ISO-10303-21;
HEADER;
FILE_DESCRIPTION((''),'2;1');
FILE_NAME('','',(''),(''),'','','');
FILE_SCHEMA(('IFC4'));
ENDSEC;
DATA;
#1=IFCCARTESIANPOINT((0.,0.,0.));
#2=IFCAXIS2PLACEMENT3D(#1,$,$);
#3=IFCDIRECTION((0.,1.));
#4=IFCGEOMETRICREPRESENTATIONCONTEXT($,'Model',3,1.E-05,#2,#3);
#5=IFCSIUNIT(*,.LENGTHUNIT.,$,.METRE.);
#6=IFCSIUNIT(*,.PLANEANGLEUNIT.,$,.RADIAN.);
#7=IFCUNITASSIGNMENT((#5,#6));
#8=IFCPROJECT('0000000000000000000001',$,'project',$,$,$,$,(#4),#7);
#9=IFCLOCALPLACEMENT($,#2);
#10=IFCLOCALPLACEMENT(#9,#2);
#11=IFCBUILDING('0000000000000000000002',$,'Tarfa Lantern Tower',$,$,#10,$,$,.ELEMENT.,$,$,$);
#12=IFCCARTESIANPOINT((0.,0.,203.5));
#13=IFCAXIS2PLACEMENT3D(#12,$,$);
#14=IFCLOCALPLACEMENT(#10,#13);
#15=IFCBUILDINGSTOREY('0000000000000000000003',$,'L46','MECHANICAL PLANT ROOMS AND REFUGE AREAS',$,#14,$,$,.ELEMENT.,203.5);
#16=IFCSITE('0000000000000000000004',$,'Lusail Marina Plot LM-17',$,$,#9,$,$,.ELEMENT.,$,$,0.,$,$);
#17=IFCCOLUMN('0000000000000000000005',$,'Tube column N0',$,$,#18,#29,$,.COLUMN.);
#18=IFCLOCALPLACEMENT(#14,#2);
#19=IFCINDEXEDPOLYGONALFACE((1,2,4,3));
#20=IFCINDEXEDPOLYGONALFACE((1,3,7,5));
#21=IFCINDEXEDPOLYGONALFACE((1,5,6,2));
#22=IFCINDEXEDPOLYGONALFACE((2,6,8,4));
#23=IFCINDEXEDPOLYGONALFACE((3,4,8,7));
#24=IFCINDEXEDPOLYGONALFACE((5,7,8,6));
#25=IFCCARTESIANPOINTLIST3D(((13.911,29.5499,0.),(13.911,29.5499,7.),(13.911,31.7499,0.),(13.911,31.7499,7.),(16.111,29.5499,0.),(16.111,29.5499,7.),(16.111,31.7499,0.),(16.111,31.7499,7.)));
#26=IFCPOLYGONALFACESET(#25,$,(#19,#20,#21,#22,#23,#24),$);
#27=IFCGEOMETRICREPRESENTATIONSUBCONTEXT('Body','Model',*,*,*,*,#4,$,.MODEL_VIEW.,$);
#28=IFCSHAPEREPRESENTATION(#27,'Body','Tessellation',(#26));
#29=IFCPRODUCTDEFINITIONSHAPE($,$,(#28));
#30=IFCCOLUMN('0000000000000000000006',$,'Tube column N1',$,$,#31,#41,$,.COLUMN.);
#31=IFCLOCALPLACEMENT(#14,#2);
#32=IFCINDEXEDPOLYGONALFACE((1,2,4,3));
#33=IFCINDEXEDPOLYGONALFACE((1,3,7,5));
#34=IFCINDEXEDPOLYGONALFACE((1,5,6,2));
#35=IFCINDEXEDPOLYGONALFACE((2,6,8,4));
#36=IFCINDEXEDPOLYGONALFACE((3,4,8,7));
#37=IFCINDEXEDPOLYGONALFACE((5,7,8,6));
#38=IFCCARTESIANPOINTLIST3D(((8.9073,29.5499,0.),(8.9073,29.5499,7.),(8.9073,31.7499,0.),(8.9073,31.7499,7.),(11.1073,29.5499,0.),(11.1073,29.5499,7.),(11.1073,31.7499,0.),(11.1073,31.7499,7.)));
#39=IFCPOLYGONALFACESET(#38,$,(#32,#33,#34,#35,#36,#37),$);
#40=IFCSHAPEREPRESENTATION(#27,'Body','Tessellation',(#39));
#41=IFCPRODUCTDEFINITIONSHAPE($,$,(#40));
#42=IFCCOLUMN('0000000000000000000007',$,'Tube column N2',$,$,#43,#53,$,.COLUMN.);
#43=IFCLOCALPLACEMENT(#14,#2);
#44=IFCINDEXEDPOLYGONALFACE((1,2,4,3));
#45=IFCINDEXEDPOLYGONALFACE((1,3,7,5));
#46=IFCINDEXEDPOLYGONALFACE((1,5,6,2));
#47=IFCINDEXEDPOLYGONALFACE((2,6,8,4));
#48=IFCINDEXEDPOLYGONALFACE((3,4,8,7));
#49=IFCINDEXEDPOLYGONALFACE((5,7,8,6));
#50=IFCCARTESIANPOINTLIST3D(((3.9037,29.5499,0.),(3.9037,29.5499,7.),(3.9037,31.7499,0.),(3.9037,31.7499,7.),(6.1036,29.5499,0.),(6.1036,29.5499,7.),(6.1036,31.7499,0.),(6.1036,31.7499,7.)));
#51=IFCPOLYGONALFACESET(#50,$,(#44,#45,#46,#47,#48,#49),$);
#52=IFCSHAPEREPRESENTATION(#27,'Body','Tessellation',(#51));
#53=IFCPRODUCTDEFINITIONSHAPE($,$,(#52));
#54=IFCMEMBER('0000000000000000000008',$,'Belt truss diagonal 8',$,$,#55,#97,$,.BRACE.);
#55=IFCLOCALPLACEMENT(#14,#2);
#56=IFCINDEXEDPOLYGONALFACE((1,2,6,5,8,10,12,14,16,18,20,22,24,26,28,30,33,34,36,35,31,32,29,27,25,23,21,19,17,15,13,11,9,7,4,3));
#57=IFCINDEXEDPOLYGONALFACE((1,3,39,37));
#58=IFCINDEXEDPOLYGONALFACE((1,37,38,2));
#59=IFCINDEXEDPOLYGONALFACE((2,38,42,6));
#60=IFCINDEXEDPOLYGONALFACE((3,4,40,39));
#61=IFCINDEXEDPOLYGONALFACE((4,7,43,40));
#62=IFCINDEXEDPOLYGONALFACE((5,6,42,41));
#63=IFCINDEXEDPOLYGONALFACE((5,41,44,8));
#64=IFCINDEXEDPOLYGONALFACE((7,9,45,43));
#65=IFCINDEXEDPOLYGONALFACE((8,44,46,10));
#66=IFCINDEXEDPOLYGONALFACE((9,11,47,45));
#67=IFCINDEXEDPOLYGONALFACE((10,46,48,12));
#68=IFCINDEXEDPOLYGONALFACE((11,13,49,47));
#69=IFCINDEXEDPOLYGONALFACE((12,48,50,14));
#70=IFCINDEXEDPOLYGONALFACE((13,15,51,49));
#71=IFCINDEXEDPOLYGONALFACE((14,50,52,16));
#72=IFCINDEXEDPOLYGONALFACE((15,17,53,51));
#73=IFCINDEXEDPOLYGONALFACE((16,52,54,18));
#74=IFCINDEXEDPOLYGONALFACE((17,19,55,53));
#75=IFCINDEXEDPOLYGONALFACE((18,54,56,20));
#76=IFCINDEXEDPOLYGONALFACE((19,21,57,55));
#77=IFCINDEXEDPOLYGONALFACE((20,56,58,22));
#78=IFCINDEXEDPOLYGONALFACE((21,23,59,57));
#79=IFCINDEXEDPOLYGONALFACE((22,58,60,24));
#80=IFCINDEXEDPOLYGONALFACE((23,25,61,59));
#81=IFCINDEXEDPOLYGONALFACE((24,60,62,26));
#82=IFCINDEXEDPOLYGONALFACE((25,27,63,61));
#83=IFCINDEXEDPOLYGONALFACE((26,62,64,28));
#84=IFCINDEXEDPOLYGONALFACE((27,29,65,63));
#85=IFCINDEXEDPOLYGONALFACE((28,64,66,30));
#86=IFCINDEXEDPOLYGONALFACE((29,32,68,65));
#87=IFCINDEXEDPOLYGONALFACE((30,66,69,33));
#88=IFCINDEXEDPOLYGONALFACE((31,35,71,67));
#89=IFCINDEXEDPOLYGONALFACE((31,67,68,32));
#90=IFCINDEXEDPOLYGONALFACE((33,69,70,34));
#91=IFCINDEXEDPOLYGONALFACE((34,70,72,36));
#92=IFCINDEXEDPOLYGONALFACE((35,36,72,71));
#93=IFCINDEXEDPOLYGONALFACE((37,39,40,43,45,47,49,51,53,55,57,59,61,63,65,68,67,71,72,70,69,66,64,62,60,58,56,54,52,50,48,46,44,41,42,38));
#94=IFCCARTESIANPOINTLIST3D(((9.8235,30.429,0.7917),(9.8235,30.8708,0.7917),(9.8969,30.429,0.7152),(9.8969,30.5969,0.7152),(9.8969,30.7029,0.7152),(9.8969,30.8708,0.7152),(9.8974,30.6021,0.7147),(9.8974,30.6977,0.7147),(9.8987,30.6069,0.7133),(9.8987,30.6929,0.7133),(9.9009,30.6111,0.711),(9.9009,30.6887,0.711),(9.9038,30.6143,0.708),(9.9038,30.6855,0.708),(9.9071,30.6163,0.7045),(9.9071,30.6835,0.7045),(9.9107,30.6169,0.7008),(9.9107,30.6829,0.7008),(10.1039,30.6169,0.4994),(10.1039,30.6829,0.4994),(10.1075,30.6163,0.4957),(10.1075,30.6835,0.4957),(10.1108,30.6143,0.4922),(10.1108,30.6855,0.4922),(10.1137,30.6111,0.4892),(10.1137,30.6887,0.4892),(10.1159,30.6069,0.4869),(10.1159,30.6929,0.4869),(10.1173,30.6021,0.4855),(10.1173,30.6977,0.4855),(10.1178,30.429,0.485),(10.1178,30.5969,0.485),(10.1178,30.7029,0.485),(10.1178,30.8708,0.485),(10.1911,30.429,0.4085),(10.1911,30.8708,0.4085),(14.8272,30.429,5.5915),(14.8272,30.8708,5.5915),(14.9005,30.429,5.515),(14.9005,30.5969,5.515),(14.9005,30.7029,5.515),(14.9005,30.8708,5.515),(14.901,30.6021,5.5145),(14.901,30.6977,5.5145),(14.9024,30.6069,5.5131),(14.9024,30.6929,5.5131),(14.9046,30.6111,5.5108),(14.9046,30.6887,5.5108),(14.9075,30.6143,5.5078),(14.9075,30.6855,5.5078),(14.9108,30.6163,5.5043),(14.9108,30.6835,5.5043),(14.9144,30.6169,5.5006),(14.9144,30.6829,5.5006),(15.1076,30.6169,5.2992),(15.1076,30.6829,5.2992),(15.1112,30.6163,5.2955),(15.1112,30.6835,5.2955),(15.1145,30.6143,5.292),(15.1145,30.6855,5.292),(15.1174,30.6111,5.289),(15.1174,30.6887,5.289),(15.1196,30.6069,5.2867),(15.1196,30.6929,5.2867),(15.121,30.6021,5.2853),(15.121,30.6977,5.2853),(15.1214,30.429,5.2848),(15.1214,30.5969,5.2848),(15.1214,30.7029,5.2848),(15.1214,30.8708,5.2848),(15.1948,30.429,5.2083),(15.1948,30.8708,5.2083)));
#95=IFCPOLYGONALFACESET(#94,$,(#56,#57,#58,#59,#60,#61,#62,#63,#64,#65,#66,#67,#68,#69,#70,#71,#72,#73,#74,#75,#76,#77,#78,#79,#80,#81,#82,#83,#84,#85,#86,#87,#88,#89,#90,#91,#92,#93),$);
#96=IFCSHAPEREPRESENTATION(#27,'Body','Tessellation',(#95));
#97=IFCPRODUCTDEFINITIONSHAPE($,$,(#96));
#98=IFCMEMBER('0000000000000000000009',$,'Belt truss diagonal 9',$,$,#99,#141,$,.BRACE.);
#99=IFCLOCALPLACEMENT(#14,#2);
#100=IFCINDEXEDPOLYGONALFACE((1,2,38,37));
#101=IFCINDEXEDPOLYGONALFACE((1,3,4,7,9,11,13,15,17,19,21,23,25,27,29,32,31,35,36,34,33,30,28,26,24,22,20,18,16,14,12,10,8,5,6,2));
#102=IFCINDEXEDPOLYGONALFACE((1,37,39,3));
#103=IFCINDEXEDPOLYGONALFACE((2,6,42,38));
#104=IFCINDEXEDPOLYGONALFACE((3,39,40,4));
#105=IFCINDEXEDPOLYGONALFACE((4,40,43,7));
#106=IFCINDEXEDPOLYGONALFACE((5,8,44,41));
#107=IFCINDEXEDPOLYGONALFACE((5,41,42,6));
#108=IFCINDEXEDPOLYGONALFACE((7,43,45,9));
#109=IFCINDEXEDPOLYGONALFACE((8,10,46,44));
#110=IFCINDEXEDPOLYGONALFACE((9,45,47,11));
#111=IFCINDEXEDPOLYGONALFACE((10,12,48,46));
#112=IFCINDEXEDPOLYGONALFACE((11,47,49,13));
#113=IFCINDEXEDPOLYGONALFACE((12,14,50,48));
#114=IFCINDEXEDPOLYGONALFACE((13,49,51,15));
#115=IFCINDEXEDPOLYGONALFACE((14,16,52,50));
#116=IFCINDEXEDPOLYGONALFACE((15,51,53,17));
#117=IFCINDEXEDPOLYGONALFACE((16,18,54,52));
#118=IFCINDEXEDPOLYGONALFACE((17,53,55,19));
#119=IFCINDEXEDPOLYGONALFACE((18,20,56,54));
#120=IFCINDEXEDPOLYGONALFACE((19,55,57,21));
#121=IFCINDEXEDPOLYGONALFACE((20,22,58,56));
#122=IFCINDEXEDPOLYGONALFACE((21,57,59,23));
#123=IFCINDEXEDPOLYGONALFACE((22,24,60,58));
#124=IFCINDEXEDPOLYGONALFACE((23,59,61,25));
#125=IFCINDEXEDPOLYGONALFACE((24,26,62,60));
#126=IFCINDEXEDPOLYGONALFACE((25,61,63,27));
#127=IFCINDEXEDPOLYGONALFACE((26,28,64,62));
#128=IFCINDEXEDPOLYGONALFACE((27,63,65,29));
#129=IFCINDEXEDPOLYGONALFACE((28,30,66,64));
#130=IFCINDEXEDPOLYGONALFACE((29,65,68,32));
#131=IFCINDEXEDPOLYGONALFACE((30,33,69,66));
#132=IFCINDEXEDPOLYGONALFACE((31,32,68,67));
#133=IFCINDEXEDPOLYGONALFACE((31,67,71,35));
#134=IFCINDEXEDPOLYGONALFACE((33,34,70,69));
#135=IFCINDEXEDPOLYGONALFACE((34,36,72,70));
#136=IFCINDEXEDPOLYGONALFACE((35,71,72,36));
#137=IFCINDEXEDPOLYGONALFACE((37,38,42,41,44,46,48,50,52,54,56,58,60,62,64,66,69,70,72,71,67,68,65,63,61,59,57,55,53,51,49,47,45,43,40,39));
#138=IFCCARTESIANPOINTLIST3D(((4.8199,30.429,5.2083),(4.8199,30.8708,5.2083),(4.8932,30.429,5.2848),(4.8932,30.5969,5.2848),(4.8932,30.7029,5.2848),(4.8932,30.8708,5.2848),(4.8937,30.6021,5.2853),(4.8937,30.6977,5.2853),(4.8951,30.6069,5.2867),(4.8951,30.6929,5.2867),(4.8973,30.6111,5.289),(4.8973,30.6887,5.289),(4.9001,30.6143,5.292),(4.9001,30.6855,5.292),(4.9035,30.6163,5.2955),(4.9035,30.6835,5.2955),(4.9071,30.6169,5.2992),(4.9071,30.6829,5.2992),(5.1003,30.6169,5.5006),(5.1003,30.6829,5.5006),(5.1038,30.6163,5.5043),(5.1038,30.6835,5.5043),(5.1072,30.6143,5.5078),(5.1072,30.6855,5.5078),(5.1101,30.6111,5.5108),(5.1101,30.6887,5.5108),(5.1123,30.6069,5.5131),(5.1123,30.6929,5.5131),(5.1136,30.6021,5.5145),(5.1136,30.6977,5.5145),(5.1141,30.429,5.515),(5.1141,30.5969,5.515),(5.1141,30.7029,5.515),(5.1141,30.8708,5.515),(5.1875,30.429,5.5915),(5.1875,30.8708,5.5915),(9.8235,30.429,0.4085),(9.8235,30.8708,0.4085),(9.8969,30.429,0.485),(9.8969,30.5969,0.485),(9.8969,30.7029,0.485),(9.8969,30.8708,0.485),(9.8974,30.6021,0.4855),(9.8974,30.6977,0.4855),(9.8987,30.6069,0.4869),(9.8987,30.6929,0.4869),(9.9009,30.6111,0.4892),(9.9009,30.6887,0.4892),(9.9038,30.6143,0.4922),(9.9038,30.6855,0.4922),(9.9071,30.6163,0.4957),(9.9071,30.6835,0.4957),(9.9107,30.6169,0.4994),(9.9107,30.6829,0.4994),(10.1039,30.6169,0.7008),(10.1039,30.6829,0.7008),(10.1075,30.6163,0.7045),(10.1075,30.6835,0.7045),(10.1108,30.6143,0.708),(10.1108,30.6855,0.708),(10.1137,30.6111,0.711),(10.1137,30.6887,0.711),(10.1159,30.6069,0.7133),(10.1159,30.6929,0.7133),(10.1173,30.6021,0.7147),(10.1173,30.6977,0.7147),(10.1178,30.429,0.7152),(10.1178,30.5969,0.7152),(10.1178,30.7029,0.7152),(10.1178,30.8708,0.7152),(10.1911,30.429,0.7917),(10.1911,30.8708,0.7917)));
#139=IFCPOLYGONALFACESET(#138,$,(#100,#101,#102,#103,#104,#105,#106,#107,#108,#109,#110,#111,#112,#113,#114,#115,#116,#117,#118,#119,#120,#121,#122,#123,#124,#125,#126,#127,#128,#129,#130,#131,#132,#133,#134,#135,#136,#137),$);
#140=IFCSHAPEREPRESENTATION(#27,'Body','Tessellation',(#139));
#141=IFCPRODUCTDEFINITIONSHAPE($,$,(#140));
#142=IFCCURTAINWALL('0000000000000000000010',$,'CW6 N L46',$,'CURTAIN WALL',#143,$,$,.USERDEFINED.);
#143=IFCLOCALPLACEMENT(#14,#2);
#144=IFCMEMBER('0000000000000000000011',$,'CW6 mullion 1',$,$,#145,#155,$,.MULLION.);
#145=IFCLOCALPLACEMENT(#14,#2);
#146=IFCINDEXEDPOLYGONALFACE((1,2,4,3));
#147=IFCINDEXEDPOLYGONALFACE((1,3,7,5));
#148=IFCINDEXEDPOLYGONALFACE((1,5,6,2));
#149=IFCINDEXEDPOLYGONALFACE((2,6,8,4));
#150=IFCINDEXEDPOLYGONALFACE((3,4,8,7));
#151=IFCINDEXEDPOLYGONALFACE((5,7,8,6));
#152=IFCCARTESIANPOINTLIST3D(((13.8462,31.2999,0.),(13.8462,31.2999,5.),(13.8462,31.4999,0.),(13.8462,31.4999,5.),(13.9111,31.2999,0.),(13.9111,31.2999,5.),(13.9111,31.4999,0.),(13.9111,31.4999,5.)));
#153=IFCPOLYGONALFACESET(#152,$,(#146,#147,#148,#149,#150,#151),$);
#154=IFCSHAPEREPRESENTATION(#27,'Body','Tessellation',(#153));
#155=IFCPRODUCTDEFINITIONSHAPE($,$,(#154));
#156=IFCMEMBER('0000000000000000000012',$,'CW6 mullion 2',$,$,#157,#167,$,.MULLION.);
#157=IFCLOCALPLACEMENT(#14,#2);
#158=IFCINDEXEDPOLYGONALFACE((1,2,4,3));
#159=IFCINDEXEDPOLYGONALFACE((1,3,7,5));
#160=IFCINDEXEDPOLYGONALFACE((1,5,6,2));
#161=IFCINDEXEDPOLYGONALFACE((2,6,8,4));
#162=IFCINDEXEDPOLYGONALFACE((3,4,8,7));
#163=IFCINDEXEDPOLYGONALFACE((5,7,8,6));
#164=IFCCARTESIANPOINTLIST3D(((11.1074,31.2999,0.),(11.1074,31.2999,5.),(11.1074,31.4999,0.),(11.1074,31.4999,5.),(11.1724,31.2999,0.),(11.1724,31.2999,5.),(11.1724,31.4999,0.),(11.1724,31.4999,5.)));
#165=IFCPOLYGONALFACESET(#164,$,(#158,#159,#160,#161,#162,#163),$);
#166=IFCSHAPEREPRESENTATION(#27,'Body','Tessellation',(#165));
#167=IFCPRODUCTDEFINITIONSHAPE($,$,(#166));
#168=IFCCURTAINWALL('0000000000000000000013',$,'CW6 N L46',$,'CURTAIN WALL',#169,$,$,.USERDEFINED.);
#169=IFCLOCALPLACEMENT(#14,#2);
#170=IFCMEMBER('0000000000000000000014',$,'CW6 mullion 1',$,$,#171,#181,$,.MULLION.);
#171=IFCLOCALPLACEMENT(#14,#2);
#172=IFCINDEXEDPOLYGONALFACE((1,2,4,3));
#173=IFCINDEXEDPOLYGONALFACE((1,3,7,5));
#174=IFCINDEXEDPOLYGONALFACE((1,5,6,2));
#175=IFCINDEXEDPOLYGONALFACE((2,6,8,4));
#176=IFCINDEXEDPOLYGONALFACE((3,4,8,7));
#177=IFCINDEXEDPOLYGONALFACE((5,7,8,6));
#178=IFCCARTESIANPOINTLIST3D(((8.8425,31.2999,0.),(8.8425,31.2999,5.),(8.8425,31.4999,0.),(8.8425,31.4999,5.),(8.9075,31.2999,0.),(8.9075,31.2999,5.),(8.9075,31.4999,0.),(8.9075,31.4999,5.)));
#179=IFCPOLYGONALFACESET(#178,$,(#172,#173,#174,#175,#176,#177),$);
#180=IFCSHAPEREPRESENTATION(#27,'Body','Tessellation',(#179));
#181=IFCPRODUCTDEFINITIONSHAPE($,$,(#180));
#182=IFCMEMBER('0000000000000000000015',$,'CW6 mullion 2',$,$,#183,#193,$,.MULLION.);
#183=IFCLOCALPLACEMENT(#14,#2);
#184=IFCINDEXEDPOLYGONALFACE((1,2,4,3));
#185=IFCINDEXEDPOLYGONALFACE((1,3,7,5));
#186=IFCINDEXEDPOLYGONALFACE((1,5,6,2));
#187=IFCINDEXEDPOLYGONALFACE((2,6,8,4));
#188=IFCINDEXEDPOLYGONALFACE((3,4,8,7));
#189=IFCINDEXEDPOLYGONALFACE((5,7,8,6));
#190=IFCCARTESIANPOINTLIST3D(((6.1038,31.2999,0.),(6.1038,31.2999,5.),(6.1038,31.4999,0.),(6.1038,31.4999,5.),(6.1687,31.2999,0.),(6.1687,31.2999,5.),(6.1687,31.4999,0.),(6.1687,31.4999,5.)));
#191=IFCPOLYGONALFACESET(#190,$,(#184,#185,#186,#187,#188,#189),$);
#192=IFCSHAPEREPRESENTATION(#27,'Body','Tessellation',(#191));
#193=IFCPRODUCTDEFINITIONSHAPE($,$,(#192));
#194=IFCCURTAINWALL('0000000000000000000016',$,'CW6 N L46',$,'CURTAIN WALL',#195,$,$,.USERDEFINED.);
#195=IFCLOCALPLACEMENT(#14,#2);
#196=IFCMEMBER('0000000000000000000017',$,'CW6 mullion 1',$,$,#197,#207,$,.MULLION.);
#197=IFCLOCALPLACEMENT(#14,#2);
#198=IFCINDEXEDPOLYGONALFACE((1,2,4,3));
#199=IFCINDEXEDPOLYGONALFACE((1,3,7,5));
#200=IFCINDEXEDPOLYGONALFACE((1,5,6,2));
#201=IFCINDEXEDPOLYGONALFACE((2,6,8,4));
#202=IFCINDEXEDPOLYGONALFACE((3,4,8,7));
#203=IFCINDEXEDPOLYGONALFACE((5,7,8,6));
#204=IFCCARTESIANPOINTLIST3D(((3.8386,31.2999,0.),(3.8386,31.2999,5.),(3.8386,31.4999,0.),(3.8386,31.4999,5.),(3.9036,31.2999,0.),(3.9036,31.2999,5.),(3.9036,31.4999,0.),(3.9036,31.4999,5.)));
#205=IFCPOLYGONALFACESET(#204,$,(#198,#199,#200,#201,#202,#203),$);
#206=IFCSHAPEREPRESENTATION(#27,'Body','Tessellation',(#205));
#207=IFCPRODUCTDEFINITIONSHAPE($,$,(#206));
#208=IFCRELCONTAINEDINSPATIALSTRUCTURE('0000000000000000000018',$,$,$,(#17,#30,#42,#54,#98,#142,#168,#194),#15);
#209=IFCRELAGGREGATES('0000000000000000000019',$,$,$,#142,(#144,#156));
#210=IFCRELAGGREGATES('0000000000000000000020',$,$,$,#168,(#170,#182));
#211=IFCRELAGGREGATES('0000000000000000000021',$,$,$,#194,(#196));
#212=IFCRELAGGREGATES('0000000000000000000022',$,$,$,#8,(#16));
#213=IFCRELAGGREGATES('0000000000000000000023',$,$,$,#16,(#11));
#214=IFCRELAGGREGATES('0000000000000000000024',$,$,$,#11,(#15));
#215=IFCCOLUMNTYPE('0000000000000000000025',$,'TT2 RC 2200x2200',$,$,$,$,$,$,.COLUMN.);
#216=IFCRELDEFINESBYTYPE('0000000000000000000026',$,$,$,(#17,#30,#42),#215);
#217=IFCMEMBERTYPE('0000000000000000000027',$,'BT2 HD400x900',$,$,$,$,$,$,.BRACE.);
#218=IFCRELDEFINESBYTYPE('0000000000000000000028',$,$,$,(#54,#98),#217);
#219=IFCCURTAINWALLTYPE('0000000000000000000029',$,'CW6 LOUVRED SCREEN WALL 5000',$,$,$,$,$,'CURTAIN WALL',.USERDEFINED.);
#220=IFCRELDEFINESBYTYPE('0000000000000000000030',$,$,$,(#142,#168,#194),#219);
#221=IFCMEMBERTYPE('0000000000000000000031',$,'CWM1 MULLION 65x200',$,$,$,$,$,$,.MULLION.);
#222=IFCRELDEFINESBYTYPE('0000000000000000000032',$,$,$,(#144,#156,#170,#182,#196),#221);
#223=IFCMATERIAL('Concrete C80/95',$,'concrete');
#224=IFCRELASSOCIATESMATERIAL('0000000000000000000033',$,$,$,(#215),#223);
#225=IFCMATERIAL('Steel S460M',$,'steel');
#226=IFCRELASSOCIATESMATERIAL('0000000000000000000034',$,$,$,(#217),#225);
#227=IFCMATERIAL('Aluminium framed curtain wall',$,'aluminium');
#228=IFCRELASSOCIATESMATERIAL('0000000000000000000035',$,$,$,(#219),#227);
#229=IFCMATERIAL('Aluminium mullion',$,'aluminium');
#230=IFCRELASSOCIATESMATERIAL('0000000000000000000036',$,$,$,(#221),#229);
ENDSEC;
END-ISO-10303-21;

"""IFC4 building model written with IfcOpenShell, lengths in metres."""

from ifc_helpers import new_model, si_unit, direction, frame, origin, origin_2d, place, context, subcontext, project, spatial, rectangle, i_section, extrude, material, material_profile, profile_set, type_object, element, aggregate, save


model = new_model("IFC4")

# Units and contexts
model_context = context("Model", 3, precision=1e-05, world=origin(), true_north=direction((0.0, 1.0)))
body_context = subcontext(model_context, "Body", "Model", "MODEL_VIEW")
ifc_project = project(units=[si_unit("LENGTHUNIT", "METRE"), si_unit("PLANEANGLEUNIT", "RADIAN")], contexts=[model_context])

# Site, building, storey
site_placement = place(None, origin())
site = spatial("IfcSite", under=ifc_project, at=site_placement, Name="Lusail Marina Plot LM-17", CompositionType="ELEMENT", RefElevation=0.0)
building_placement = place(site_placement, origin())
building = spatial("IfcBuilding", under=site, at=building_placement, Name="Tarfa Lantern Tower", CompositionType="ELEMENT")
storey_placement = place(building_placement, frame((0.0, 0.0, 203.5)))
storey = spatial("IfcBuildingStorey", under=building, at=storey_placement, Name="L46", Description="MECHANICAL PLANT ROOMS AND REFUGE AREAS", CompositionType="ELEMENT", Elevation=203.5)

# Columns
ifc_material_1 = material(Name="Concrete C80/95", Category="concrete")
ifc_material_profile_1 = material_profile(ifc_material_1, rectangle(XDim=2.2, YDim=2.2, at=origin_2d()), Name="RC 2200x2200")
ifc_profile_set_1 = profile_set([ifc_material_profile_1], Name="Concrete C80/95")
column_type = type_object("IfcColumnType", Name="TT2 RC 2200x2200", PredefinedType="COLUMN", material=ifc_profile_set_1)
for number, where, z_axis, x_axis, name in (
    (1, (15.011, 30.6499, 0.0), (0.0, 0.0, 1.0), (-1.0, 0.0, 0.0), "Tube column N0"),
    (2, (10.0073, 30.6499, 0.0), (0.0, 0.0, 1.0), (-1.0, 0.0, 0.0), "Tube column N1"),
    (3, (5.0037, 30.6499, 0.0), (0.0, 0.0, 1.0), (-1.0, 0.0, 0.0), "Tube column N2"),
):
    element("IfcColumn", number, at=place(storey_placement, frame(where, z_axis=z_axis, x_axis=x_axis)), inside=storey, type_object=column_type, Name=name, PredefinedType="COLUMN", context=body_context, shape_type="SweptSolid", body=[
        extrude(rectangle(XDim=2.2, YDim=2.2, at=origin_2d()), origin(), (0.0, 0.0, 1.0), 7.0),
    ])

# Members
ifc_material_2 = material(Name="Steel S460M", Category="steel")
ifc_material_profile_2 = material_profile(ifc_material_2, i_section(OverallWidth=0.4419, OverallDepth=0.531, WebThickness=0.0659, FlangeThickness=0.106, FilletRadius=0.02, at=origin_2d()), Name="HD400x900")
ifc_profile_set_2 = profile_set([ifc_material_profile_2], Name="Steel S460M")
member_type_1 = type_object("IfcMemberType", Name="BT2 HD400x900", PredefinedType="BRACE", material=ifc_profile_set_2)
for number, where, z_axis, x_axis, name in (
    (4, (10.0073, 30.6499, 0.6001), (0.721655, 0.0, 0.692253), (0.0, 1.0, 0.0), "Belt truss diagonal 8"),
    (5, (10.0073, 30.6499, 0.6001), (-0.721655, 0.0, 0.692253), (0.0, -1.0, 0.0), "Belt truss diagonal 9"),
):
    element("IfcMember", number, at=place(storey_placement, frame(where, z_axis=z_axis, x_axis=x_axis)), inside=storey, type_object=member_type_1, Name=name, PredefinedType="BRACE", context=body_context, shape_type="SweptSolid", body=[
        extrude(i_section(OverallWidth=0.4419, OverallDepth=0.531, WebThickness=0.0659, FlangeThickness=0.106, FilletRadius=0.02, at=origin_2d()), origin(), (0.0, 0.0, 1.0), 6.9336),
    ])

# Curtain walls, members
ifc_material_3 = material(Name="Aluminium framed curtain wall", Category="aluminium")
curtain_wall_type = type_object("IfcCurtainWallType", Name="CW6 LOUVRED SCREEN WALL 5000", ElementType="CURTAIN WALL", PredefinedType="USERDEFINED", material=ifc_material_3)
curtain_wall_1_placement = place(storey_placement, origin())
curtain_wall_1 = element("IfcCurtainWall", 6, at=curtain_wall_1_placement, inside=storey, type_object=curtain_wall_type, Name="CW6 N L46", ObjectType="CURTAIN WALL", PredefinedType="USERDEFINED")
ifc_material_4 = material(Name="Aluminium mullion", Category="aluminium")
ifc_material_profile_3 = material_profile(ifc_material_4, rectangle(XDim=0.0649, YDim=0.2, at=origin_2d()), Name="AL MULLION 65x200")
ifc_profile_set_3 = profile_set([ifc_material_profile_3], Name="Aluminium mullion")
member_type_2 = type_object("IfcMemberType", Name="CWM1 MULLION 65x200", PredefinedType="MULLION", material=ifc_profile_set_3)
member_1_placement = place(storey_placement, frame((13.8787, 31.3999, 0.0), z_axis=(0.0, 0.0, 1.0), x_axis=(1.0, 0.0, 0.0)))
member_1 = element("IfcMember", 7, at=member_1_placement, type_object=member_type_2, Name="CW6 mullion 1", PredefinedType="MULLION", context=body_context, shape_type="SweptSolid", body=[
    extrude(rectangle(XDim=0.0649, YDim=0.2, at=origin_2d()), origin(), (0.0, 0.0, 1.0), 5.0),
])
member_2_placement = place(storey_placement, frame((11.1399, 31.3999, 0.0), z_axis=(0.0, 0.0, 1.0), x_axis=(1.0, 0.0, 0.0)))
member_2 = element("IfcMember", 8, at=member_2_placement, type_object=member_type_2, Name="CW6 mullion 2", PredefinedType="MULLION", context=body_context, shape_type="SweptSolid", body=[
    extrude(rectangle(XDim=0.0649, YDim=0.2, at=origin_2d()), origin(), (0.0, 0.0, 1.0), 5.0),
])
curtain_wall_2_placement = place(storey_placement, origin())
curtain_wall_2 = element("IfcCurtainWall", 9, at=curtain_wall_2_placement, inside=storey, type_object=curtain_wall_type, Name="CW6 N L46", ObjectType="CURTAIN WALL", PredefinedType="USERDEFINED")
member_3_placement = place(storey_placement, frame((8.875, 31.3999, 0.0), z_axis=(0.0, 0.0, 1.0), x_axis=(1.0, 0.0, 0.0)))
member_3 = element("IfcMember", 10, at=member_3_placement, type_object=member_type_2, Name="CW6 mullion 1", PredefinedType="MULLION", context=body_context, shape_type="SweptSolid", body=[
    extrude(rectangle(XDim=0.0649, YDim=0.2, at=origin_2d()), origin(), (0.0, 0.0, 1.0), 5.0),
])
member_4_placement = place(storey_placement, frame((6.1362, 31.3999, 0.0), z_axis=(0.0, 0.0, 1.0), x_axis=(1.0, 0.0, 0.0)))
member_4 = element("IfcMember", 11, at=member_4_placement, type_object=member_type_2, Name="CW6 mullion 2", PredefinedType="MULLION", context=body_context, shape_type="SweptSolid", body=[
    extrude(rectangle(XDim=0.0649, YDim=0.2, at=origin_2d()), origin(), (0.0, 0.0, 1.0), 5.0),
])
curtain_wall_3_placement = place(storey_placement, origin())
curtain_wall_3 = element("IfcCurtainWall", 12, at=curtain_wall_3_placement, inside=storey, type_object=curtain_wall_type, Name="CW6 N L46", ObjectType="CURTAIN WALL", PredefinedType="USERDEFINED")
member_5_placement = place(storey_placement, frame((3.8711, 31.3999, 0.0), z_axis=(0.0, 0.0, 1.0), x_axis=(1.0, 0.0, 0.0)))
member_5 = element("IfcMember", 13, at=member_5_placement, type_object=member_type_2, Name="CW6 mullion 1", PredefinedType="MULLION", context=body_context, shape_type="SweptSolid", body=[
    extrude(rectangle(XDim=0.0649, YDim=0.2, at=origin_2d()), origin(), (0.0, 0.0, 1.0), 5.0),
])

aggregate(curtain_wall_1, [member_1, member_2])
aggregate(curtain_wall_2, [member_3, member_4])
aggregate(curtain_wall_3, [member_5])

save(model, "model.ifc")
